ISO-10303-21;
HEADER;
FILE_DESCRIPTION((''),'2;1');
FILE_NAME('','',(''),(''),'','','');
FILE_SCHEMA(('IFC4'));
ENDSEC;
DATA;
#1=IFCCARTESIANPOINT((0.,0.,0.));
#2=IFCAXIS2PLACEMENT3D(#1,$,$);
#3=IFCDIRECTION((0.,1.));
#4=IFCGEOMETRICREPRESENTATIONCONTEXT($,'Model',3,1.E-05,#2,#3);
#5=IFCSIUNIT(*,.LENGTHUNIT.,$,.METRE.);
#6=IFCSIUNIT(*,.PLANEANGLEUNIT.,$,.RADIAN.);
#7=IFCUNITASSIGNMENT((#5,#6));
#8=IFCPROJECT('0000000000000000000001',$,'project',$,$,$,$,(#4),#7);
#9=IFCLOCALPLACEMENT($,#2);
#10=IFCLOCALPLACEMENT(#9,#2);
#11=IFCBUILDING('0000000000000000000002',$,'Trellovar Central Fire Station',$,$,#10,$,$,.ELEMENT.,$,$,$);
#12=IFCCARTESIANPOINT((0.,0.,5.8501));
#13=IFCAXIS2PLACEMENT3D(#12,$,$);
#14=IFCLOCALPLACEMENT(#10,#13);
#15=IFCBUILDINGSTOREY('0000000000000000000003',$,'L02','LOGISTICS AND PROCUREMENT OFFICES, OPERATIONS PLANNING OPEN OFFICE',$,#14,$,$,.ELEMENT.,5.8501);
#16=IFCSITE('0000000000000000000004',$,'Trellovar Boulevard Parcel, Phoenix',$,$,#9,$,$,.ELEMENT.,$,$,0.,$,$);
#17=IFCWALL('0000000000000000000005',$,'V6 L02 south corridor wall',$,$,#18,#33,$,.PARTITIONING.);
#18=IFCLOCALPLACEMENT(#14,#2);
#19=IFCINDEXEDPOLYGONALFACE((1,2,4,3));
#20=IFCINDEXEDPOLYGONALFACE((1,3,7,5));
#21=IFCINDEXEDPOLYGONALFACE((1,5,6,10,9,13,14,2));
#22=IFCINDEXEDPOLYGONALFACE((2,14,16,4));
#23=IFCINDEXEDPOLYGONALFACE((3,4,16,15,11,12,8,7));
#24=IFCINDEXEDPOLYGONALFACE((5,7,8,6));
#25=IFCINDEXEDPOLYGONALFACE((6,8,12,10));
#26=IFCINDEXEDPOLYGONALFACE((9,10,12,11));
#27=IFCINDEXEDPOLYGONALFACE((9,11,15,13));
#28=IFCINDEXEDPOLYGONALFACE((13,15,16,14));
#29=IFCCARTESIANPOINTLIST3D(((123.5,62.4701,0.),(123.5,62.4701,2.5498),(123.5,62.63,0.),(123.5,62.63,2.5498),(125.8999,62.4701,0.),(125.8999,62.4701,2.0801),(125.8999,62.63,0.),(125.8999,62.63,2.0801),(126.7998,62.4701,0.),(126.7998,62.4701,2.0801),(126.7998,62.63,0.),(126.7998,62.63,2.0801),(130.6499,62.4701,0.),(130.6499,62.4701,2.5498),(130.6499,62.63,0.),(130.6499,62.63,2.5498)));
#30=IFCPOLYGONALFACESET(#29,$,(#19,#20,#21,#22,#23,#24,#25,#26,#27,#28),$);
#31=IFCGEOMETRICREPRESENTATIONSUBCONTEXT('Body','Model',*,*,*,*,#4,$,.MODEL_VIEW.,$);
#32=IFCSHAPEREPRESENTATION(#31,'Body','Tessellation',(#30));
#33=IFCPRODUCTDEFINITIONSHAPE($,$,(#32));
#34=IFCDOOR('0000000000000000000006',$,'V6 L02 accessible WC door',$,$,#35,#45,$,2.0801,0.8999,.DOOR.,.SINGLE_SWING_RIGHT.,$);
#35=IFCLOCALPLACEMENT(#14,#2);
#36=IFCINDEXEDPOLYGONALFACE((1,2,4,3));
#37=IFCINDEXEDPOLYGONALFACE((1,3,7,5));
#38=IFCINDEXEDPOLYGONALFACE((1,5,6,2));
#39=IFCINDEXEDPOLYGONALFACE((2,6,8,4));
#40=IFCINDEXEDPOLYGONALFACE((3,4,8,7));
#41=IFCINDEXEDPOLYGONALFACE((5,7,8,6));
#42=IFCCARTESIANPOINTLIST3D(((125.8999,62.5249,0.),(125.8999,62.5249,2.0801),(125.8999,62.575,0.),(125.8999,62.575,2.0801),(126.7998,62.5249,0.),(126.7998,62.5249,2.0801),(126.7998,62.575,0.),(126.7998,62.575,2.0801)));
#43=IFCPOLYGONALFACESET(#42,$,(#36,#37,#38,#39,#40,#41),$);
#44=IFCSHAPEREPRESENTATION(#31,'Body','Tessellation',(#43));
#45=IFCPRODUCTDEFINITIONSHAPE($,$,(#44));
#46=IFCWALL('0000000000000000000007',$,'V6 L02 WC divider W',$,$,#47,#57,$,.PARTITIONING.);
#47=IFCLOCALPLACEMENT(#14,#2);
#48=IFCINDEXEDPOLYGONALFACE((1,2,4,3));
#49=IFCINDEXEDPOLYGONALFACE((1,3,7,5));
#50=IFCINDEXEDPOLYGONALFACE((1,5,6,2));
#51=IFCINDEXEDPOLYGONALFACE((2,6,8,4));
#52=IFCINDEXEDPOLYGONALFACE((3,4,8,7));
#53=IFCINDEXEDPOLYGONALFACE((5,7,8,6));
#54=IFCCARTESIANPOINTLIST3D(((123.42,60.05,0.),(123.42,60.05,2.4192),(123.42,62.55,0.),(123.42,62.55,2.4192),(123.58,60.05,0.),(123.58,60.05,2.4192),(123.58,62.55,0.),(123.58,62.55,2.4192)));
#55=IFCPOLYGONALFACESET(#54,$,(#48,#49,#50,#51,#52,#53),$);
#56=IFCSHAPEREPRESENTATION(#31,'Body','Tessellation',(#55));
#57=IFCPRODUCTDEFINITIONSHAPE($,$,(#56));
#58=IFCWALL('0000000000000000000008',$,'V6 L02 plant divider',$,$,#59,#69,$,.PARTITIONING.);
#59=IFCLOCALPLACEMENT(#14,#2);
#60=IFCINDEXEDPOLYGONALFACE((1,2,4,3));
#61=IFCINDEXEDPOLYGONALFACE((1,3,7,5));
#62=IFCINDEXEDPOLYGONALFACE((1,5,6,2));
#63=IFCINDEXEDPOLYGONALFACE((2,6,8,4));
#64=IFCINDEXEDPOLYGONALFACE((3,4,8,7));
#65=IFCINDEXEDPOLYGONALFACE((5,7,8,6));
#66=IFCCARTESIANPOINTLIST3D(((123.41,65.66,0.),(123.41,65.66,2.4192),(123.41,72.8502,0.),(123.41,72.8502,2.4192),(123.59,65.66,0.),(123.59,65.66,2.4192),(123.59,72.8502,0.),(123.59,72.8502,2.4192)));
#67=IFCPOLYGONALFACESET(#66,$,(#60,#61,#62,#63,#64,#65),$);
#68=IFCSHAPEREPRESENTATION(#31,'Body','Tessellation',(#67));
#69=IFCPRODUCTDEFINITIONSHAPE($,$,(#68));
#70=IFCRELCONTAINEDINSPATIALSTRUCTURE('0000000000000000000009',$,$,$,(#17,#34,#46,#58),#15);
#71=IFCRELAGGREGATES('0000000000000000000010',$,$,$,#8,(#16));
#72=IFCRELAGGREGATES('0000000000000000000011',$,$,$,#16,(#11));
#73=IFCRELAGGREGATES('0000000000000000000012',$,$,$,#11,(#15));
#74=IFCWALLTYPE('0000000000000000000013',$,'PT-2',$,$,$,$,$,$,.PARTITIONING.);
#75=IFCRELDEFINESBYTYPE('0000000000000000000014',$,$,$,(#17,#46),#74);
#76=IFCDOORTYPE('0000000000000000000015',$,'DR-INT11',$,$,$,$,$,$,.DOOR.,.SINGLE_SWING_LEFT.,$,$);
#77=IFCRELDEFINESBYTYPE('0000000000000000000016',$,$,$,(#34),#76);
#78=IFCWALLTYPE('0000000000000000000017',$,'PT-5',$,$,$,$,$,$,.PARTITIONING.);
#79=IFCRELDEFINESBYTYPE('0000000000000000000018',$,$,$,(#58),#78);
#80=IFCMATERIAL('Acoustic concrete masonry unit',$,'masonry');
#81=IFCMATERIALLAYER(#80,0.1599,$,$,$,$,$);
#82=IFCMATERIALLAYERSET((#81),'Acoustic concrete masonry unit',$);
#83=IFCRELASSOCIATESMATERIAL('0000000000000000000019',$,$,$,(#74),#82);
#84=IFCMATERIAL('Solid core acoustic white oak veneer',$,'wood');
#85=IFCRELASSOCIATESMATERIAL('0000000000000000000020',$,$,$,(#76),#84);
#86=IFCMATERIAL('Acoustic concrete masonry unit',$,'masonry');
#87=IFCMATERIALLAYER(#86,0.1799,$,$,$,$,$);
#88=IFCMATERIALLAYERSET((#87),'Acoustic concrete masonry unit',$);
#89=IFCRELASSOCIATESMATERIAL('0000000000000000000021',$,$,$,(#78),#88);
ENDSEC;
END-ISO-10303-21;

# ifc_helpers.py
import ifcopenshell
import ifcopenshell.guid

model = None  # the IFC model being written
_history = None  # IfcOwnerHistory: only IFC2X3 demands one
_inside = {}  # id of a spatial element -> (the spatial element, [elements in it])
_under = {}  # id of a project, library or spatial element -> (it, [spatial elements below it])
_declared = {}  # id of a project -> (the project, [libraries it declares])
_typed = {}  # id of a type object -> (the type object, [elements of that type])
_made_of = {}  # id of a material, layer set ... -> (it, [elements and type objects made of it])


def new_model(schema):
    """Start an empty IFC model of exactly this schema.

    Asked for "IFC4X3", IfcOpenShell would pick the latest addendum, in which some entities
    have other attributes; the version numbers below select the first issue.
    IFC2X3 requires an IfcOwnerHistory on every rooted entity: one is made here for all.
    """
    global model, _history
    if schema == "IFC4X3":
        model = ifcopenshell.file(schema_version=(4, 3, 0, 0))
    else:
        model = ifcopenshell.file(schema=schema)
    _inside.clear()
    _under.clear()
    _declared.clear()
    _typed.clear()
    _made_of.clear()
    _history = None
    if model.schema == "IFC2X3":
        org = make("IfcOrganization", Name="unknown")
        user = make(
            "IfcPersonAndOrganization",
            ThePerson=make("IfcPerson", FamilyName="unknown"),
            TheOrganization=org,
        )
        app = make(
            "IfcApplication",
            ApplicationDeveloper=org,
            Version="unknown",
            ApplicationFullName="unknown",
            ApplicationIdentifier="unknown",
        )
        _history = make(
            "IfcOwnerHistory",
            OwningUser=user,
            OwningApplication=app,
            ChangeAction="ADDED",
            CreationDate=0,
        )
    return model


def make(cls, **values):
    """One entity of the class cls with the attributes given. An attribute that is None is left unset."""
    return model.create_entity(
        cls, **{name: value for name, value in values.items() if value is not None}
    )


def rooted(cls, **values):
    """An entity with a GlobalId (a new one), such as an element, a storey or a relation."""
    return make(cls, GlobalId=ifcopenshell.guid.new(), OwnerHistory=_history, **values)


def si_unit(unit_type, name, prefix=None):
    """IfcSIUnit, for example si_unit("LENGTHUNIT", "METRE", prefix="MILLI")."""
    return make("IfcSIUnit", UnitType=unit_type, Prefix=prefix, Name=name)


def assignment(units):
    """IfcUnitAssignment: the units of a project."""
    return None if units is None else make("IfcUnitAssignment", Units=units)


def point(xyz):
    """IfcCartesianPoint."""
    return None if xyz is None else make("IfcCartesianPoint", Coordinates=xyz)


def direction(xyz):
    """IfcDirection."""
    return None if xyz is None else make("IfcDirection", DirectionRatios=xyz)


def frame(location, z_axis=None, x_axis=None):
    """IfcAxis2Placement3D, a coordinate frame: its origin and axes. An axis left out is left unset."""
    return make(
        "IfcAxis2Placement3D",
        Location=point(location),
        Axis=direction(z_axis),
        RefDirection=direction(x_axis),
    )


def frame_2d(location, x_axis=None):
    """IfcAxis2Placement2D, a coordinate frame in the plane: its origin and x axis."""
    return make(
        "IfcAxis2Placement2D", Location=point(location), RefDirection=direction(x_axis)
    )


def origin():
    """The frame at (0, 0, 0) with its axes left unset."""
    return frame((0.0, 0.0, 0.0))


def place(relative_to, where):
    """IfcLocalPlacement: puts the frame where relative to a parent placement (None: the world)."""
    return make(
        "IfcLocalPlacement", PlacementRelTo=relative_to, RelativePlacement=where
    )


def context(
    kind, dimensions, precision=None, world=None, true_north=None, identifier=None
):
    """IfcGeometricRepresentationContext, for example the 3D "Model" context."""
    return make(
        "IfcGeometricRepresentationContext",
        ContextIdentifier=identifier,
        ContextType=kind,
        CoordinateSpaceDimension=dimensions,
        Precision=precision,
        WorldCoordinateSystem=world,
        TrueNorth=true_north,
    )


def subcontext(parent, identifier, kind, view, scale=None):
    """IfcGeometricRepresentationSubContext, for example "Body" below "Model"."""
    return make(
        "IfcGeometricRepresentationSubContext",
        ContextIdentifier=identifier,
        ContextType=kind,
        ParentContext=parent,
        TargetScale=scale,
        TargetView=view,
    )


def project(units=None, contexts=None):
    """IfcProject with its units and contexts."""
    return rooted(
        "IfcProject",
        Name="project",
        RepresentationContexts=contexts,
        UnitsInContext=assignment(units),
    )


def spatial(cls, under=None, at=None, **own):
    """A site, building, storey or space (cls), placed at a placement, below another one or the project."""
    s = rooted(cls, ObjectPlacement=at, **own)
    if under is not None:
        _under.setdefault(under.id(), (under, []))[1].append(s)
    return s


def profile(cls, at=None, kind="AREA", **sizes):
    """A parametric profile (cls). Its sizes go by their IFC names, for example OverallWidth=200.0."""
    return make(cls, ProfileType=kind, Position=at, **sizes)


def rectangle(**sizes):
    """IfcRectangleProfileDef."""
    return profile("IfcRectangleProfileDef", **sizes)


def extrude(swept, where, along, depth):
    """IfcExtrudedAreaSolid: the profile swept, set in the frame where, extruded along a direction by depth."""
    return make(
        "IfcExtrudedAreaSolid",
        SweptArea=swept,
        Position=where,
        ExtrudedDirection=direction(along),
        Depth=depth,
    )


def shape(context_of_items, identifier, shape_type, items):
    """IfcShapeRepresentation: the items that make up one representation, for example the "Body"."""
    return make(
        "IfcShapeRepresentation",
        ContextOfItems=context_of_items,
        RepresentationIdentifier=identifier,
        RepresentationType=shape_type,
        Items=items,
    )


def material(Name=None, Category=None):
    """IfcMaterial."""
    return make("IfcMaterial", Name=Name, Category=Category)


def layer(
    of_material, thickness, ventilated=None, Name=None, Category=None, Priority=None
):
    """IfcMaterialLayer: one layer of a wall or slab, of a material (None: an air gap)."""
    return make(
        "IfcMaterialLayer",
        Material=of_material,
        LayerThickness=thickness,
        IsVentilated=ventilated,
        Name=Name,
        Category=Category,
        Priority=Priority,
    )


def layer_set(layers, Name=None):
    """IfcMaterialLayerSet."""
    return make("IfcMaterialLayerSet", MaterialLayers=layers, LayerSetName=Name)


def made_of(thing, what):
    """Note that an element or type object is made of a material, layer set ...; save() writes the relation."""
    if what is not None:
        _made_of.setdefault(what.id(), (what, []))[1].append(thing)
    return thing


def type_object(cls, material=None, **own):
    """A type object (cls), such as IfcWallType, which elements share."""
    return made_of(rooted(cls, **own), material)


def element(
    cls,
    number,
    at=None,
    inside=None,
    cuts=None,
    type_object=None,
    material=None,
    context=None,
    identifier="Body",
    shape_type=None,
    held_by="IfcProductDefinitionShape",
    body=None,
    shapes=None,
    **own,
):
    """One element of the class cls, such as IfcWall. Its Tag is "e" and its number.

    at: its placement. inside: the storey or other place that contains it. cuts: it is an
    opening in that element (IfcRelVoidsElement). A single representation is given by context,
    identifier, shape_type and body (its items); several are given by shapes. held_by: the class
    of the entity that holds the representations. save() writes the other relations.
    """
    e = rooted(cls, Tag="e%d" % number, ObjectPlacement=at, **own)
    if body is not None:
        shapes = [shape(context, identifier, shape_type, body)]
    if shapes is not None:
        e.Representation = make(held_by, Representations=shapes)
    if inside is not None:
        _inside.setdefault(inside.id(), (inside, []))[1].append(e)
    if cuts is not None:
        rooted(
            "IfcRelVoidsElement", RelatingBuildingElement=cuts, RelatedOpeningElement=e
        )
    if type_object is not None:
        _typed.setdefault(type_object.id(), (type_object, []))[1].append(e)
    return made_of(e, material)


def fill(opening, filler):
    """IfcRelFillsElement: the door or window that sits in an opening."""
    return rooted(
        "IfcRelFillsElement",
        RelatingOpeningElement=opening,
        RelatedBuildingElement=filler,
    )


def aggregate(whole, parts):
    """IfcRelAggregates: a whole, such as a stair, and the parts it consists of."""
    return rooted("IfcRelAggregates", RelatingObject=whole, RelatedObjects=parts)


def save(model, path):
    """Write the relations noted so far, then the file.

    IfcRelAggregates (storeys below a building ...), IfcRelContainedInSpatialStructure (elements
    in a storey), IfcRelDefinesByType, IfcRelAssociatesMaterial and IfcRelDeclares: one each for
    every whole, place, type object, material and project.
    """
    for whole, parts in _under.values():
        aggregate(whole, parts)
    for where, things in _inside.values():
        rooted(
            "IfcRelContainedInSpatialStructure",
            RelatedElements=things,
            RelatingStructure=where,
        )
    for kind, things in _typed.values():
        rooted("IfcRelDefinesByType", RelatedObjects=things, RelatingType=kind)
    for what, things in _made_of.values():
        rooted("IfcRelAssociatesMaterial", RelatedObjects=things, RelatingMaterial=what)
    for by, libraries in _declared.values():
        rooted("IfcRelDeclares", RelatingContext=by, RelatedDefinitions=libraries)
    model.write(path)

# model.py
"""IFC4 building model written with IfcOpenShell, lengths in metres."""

from ifc_helpers import new_model, si_unit, direction, frame, frame_2d, origin, place, context, subcontext, project, spatial, rectangle, extrude, material, layer, layer_set, type_object, element, fill, save


model = new_model("IFC4")

# Units and contexts
model_context = context("Model", 3, precision=1e-05, world=origin(), true_north=direction((0.0, 1.0)))
body_context = subcontext(model_context, "Body", "Model", "MODEL_VIEW")
ifc_project = project(units=[si_unit("LENGTHUNIT", "METRE"), si_unit("PLANEANGLEUNIT", "RADIAN")], contexts=[model_context])

# Site, building, storey
site_placement = place(None, origin())
site = spatial("IfcSite", under=ifc_project, at=site_placement, Name="Trellovar Boulevard Parcel, Phoenix", CompositionType="ELEMENT", RefElevation=0.0)
building_placement = place(site_placement, origin())
building = spatial("IfcBuilding", under=site, at=building_placement, Name="Trellovar Central Fire Station", CompositionType="ELEMENT")
storey_placement = place(building_placement, frame((0.0, 0.0, 5.8501)))
storey = spatial("IfcBuildingStorey", under=building, at=storey_placement, Name="L02", Description="LOGISTICS AND PROCUREMENT OFFICES, OPERATIONS PLANNING OPEN OFFICE", CompositionType="ELEMENT", Elevation=5.8501)

# Wall, opening, door
ifc_material_1 = material(Name="Acoustic concrete masonry unit", Category="masonry")
ifc_layer_1 = layer(ifc_material_1, 0.1599)
ifc_layer_set_1 = layer_set([ifc_layer_1], Name="Acoustic concrete masonry unit")
wall_type_1 = type_object("IfcWallType", Name="PT-2", PredefinedType="PARTITIONING", material=ifc_layer_set_1)
wall_1_placement = place(storey_placement, frame((123.5, 62.55, 0.0), z_axis=(0.0, 0.0, 1.0), x_axis=(1.0, 0.0, 0.0)))
wall_1 = element("IfcWall", 1, at=wall_1_placement, inside=storey, type_object=wall_type_1, Name="V6 L02 south corridor wall", PredefinedType="PARTITIONING", context=body_context, shape_type="SweptSolid", body=[
    extrude(rectangle(XDim=7.1499, YDim=0.1599, at=frame_2d((3.575, 0.0))), origin(), (0.0, 0.0, 1.0), 2.5498),
])
opening_1_placement = place(wall_1_placement, frame((2.3999, 0.0, 0.0)))
opening_1 = element("IfcOpeningElement", 2, at=opening_1_placement, cuts=wall_1, PredefinedType="OPENING", context=body_context, shape_type="SweptSolid", body=[
    extrude(rectangle(XDim=0.8999, YDim=2.0801, at=frame_2d((0.45, 1.04))), frame((0.0, 0.0898, 0.0), z_axis=(0.0, -1.0, 0.0), x_axis=(1.0, 0.0, 0.0)), (0.0, 0.0, 1.0), 0.1799),
])
ifc_material_2 = material(Name="Solid core acoustic white oak veneer", Category="wood")
door_type_1 = type_object("IfcDoorType", Name="DR-INT11", OperationType="SINGLE_SWING_LEFT", PredefinedType="DOOR", material=ifc_material_2)
door_1_placement = place(opening_1_placement, origin())
door_1 = element("IfcDoor", 3, at=door_1_placement, inside=storey, type_object=door_type_1, Name="V6 L02 accessible WC door", OperationType="SINGLE_SWING_RIGHT", OverallHeight=2.0801, OverallWidth=0.8999, PredefinedType="DOOR", context=body_context, shape_type="SweptSolid", body=[
    extrude(rectangle(XDim=0.8999, YDim=2.0801, at=frame_2d((0.45, 1.04))), frame((0.0, 0.0249, 0.0), z_axis=(0.0, -1.0, 0.0), x_axis=(1.0, 0.0, 0.0)), (0.0, 0.0, 1.0), 0.05),
])
fill(opening_1, door_1)

# Walls
wall_2_placement = place(storey_placement, frame((123.5, 60.05, 0.0), z_axis=(0.0, 0.0, 1.0), x_axis=(0.0, 1.0, 0.0)))
element("IfcWall", 4, at=wall_2_placement, inside=storey, type_object=wall_type_1, Name="V6 L02 WC divider W", PredefinedType="PARTITIONING", context=body_context, shape_type="SweptSolid", body=[
    extrude(rectangle(XDim=2.5, YDim=0.1599, at=frame_2d((1.25, 0.0))), origin(), (0.0, 0.0, 1.0), 2.4192),
])
ifc_material_3 = material(Name="Acoustic concrete masonry unit", Category="masonry")
ifc_layer_2 = layer(ifc_material_3, 0.1799)
ifc_layer_set_2 = layer_set([ifc_layer_2], Name="Acoustic concrete masonry unit")
wall_type_2 = type_object("IfcWallType", Name="PT-5", PredefinedType="PARTITIONING", material=ifc_layer_set_2)
wall_3_placement = place(storey_placement, frame((123.5, 65.6599, 0.0), z_axis=(0.0, 0.0, 1.0), x_axis=(0.0, 1.0, 0.0)))
element("IfcWall", 5, at=wall_3_placement, inside=storey, type_object=wall_type_2, Name="V6 L02 plant divider", PredefinedType="PARTITIONING", context=body_context, shape_type="SweptSolid", body=[
    extrude(rectangle(XDim=7.1902, YDim=0.1799, at=frame_2d((3.5952, 0.0))), origin(), (0.0, 0.0, 1.0), 2.4192),
])

save(model, "model.ifc")
